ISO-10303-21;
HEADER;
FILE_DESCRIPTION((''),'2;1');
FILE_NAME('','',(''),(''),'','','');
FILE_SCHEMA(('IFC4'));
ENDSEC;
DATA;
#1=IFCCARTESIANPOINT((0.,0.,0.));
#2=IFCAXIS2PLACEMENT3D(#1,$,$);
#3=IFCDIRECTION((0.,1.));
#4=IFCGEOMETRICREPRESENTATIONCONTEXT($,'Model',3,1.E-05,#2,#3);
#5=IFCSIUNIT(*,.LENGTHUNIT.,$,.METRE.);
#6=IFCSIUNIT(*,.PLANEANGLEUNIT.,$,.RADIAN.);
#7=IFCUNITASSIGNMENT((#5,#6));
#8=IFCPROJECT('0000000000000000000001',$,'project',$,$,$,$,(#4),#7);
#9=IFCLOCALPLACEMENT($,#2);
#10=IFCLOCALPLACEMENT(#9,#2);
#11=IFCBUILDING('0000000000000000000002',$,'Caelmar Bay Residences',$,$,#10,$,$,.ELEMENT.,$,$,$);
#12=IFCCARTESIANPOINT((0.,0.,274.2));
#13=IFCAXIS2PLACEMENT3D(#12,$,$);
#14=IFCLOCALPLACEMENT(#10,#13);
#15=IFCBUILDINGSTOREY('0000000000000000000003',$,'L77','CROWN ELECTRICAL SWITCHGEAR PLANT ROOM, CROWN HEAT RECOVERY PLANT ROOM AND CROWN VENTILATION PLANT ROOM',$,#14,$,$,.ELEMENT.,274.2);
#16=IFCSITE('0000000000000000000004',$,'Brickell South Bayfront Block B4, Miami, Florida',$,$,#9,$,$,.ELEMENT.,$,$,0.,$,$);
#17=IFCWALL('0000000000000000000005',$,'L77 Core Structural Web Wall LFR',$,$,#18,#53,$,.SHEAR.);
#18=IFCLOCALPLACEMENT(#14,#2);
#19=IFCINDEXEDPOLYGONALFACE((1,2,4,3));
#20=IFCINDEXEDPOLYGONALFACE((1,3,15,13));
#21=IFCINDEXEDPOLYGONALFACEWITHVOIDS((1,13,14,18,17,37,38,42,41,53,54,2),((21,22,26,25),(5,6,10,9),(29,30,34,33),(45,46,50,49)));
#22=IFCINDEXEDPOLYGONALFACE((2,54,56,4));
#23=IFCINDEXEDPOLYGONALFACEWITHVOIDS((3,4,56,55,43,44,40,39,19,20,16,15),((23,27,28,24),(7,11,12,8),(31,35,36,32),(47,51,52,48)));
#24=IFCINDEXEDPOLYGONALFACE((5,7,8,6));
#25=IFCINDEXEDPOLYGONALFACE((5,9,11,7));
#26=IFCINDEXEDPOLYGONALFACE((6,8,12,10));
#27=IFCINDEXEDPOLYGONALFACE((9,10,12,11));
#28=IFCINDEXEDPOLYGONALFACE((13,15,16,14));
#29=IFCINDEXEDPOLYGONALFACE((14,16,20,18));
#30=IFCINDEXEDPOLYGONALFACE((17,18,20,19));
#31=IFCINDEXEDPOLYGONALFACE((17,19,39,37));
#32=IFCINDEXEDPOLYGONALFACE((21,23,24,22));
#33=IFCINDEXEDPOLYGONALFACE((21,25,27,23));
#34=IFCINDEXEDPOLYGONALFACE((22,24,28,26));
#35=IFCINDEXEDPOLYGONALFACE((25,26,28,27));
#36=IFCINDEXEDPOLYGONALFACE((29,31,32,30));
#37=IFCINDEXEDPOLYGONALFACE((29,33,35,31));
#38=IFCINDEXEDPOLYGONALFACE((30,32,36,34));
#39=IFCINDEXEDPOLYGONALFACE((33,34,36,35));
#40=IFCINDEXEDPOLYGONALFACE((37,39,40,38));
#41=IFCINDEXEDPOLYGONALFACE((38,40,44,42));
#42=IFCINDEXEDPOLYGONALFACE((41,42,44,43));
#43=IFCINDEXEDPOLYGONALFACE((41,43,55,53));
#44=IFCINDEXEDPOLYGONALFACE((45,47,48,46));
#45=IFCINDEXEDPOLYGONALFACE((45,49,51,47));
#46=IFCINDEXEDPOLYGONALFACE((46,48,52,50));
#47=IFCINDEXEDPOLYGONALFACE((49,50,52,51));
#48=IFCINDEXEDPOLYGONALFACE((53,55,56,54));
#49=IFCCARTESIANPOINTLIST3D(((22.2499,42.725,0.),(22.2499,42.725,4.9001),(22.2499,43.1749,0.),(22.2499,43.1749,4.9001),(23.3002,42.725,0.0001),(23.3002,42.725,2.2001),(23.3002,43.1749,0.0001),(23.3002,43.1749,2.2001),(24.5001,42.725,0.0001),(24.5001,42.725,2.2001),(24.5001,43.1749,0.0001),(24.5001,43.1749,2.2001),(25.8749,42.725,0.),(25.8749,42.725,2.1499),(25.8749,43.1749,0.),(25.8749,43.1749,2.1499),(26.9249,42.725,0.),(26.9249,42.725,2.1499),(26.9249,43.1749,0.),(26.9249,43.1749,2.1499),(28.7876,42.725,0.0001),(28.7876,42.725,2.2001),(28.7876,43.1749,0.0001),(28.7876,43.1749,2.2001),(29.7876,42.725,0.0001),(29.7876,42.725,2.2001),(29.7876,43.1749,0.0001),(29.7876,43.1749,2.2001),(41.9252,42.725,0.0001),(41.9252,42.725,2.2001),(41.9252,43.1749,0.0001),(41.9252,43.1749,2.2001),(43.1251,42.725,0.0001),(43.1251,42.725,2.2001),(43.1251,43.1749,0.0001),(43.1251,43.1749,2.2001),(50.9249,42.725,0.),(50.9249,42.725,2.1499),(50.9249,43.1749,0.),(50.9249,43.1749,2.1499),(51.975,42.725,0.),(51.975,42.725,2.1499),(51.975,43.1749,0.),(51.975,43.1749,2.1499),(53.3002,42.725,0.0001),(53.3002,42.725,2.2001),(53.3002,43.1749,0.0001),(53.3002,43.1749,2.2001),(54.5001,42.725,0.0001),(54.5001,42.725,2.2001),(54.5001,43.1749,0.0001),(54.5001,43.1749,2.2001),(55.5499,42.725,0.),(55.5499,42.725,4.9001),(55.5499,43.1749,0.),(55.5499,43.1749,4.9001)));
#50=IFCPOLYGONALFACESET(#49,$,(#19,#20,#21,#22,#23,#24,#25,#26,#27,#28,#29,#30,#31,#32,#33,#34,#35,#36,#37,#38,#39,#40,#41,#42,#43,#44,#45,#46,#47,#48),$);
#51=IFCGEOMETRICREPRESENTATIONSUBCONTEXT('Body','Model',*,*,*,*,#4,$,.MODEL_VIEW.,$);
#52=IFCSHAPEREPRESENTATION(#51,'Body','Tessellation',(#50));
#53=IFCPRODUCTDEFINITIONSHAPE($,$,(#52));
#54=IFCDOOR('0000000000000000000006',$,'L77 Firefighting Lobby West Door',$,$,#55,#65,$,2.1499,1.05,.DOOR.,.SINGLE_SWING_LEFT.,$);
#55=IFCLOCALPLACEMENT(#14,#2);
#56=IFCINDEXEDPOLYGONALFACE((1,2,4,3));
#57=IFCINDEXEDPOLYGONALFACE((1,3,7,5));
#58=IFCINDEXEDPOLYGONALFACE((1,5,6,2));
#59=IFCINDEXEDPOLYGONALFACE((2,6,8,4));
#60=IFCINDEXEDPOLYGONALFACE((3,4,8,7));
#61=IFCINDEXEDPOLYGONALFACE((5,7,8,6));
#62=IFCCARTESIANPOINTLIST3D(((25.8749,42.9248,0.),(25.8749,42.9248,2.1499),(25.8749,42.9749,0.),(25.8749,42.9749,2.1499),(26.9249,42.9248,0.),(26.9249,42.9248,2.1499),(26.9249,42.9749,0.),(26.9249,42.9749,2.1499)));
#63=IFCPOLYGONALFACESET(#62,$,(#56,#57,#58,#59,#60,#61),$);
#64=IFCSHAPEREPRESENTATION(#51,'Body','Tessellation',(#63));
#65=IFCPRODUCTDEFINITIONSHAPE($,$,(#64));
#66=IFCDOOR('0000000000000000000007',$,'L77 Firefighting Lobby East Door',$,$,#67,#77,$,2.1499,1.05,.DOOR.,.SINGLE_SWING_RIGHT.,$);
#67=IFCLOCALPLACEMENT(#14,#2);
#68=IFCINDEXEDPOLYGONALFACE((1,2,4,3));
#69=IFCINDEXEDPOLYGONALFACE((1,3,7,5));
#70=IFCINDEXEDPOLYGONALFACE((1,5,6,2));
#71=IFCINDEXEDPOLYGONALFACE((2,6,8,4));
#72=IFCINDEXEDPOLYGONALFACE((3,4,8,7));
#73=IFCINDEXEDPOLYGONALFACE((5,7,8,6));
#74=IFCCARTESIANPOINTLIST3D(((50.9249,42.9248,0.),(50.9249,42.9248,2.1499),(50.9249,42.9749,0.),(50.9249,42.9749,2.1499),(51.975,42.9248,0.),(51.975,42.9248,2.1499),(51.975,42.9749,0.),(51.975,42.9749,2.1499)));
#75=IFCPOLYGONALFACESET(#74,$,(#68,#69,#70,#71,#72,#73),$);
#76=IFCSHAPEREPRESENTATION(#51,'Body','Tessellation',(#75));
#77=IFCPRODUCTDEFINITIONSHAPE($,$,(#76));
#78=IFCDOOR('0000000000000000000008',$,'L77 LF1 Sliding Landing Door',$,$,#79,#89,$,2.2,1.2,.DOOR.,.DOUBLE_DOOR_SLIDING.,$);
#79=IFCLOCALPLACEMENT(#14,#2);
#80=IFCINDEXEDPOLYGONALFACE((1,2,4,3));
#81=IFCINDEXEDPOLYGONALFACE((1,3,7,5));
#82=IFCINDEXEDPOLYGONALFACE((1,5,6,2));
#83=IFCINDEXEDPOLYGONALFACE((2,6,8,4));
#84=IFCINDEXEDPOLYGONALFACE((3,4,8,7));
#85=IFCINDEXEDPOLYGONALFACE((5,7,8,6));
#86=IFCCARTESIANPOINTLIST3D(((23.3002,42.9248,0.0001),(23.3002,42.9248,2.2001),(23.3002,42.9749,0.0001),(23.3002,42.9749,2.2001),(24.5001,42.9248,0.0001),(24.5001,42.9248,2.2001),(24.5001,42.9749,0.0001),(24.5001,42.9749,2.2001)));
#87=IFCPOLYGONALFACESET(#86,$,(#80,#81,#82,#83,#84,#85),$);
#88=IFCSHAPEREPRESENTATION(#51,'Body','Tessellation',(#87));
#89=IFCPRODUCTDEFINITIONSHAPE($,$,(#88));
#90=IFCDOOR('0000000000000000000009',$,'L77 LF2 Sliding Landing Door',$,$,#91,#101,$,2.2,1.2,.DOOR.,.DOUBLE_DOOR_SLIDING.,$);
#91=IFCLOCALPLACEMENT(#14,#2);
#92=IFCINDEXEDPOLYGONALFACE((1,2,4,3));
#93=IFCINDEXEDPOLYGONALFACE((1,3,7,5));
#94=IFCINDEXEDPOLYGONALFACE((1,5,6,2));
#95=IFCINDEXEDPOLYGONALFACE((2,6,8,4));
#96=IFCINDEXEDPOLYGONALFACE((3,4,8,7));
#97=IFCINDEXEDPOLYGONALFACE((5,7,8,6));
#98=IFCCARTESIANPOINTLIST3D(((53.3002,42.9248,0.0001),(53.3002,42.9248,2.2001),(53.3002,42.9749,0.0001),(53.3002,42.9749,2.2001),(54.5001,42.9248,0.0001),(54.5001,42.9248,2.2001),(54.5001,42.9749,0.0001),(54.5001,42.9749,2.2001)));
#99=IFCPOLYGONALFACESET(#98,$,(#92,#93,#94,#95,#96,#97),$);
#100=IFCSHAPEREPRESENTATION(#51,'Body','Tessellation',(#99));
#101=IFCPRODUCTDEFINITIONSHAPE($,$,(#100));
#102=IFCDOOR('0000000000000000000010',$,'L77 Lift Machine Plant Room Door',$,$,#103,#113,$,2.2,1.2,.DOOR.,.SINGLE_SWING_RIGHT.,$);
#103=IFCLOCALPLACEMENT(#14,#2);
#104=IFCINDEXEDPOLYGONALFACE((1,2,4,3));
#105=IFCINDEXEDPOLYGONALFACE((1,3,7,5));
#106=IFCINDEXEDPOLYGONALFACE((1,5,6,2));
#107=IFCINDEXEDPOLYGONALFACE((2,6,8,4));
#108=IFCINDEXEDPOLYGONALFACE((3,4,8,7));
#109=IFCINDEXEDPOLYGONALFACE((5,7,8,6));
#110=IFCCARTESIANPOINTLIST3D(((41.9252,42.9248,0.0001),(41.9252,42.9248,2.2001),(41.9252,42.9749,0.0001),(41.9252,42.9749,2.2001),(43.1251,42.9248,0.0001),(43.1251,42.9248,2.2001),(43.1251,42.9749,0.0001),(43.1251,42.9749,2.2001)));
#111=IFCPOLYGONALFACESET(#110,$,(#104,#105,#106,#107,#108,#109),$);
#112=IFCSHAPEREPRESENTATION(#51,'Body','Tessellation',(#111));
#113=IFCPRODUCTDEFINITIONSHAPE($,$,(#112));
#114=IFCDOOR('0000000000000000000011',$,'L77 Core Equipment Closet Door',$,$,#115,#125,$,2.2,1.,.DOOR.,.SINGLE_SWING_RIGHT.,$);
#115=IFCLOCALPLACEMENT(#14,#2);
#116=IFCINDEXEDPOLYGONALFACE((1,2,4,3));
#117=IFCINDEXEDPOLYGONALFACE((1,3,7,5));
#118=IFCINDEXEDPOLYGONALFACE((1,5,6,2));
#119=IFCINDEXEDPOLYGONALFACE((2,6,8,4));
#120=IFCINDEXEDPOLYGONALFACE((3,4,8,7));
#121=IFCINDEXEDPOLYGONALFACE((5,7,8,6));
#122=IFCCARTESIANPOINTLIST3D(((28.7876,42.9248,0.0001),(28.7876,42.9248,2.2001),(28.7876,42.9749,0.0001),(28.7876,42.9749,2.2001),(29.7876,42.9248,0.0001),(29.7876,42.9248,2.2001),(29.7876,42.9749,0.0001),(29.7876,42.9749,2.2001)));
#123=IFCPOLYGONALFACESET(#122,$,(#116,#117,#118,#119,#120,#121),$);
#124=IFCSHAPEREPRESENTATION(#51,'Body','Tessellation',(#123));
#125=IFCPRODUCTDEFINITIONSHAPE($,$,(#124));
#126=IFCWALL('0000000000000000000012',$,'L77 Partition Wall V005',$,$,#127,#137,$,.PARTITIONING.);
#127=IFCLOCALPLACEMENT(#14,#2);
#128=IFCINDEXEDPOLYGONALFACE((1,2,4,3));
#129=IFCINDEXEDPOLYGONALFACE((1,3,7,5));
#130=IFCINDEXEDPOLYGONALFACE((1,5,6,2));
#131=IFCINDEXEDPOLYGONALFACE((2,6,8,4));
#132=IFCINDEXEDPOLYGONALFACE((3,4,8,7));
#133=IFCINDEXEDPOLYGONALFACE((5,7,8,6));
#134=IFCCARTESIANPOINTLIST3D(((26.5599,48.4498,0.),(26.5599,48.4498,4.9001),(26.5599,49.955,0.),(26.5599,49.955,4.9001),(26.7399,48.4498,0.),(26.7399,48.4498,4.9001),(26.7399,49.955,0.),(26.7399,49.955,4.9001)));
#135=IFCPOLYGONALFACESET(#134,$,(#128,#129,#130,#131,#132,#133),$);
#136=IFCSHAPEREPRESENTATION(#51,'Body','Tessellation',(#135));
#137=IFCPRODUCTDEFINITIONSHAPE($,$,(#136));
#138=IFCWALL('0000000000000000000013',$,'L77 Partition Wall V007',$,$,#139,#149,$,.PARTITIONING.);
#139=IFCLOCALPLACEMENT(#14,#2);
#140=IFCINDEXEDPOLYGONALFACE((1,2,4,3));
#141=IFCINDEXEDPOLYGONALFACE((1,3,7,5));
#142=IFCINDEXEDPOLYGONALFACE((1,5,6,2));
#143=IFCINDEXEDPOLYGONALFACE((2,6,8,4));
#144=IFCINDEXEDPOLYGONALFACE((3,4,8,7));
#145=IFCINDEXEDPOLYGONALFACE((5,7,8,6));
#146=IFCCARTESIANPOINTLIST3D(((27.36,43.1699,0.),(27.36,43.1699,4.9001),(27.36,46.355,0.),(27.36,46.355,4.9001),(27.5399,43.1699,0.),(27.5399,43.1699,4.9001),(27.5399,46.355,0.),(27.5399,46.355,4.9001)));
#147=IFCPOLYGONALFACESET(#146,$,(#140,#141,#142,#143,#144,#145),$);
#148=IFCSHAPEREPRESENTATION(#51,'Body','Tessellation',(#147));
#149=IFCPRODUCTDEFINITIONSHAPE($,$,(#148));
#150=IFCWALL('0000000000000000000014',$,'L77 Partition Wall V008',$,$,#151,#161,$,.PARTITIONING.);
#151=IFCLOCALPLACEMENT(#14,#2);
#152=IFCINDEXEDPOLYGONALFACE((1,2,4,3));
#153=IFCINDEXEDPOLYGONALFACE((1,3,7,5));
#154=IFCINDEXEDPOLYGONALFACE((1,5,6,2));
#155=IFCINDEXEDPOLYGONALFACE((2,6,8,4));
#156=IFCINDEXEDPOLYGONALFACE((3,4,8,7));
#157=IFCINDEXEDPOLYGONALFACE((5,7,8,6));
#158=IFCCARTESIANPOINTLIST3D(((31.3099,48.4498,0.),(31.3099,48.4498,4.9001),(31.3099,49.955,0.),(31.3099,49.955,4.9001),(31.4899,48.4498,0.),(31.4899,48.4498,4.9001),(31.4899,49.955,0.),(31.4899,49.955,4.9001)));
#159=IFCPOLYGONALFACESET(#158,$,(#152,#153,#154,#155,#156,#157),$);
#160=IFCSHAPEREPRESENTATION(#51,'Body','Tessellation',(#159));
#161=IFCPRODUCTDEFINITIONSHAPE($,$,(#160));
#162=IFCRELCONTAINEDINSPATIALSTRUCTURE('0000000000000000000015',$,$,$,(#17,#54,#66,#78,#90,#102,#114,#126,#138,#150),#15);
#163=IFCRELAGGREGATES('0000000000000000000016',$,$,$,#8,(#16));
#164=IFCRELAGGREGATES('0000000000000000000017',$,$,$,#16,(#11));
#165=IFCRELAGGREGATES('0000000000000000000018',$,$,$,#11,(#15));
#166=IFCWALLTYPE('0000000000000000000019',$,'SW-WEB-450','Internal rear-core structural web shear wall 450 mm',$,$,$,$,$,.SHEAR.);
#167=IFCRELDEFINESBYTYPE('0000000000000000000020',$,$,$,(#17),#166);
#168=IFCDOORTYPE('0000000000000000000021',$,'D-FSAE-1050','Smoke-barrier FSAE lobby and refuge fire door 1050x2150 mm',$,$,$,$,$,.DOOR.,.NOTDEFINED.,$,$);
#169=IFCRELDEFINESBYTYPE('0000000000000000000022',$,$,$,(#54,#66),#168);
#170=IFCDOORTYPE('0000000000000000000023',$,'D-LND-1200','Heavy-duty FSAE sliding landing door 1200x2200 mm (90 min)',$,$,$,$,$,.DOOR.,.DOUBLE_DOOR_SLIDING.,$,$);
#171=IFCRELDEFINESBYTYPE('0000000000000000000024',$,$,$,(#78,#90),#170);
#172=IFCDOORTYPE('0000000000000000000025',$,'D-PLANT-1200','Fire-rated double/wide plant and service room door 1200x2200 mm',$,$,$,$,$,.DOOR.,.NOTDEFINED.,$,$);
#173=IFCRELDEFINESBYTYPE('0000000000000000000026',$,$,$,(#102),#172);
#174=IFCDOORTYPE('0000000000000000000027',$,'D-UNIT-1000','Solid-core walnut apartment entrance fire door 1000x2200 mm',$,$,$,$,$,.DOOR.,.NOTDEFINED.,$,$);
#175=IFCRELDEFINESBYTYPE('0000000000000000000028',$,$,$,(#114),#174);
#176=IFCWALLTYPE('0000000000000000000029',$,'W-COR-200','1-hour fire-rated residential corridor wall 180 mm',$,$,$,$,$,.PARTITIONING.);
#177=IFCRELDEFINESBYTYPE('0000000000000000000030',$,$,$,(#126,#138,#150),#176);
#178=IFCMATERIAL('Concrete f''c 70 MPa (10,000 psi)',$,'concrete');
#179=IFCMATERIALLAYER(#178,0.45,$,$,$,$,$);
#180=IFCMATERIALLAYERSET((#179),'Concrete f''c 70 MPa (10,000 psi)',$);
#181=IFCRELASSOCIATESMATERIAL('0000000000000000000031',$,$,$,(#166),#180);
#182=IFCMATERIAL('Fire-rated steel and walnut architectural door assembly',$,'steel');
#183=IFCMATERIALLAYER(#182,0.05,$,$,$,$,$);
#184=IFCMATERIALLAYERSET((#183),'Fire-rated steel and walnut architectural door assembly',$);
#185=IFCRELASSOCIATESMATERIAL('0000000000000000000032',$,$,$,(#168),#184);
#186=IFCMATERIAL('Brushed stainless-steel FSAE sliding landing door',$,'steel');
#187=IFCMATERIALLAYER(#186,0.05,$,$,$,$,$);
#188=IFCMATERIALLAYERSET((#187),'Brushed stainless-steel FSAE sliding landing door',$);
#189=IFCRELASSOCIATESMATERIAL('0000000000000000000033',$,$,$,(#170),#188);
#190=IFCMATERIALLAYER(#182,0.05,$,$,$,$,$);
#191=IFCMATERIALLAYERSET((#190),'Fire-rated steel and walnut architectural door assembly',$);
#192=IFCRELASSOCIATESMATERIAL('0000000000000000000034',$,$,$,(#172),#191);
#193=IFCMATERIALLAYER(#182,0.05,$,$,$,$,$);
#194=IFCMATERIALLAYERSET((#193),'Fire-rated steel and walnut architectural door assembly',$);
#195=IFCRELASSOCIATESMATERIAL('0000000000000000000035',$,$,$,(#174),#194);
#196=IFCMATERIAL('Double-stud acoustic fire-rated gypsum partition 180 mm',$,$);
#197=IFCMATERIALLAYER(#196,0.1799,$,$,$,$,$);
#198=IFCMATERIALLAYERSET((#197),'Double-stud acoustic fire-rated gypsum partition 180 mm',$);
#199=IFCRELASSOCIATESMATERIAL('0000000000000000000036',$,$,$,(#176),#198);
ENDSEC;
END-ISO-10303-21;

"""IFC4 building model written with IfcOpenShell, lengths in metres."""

from ifc_helpers import new_model, si_unit, direction, frame, frame_2d, origin, place, context, subcontext, project, spatial, rectangle, extrude, material, layer, layer_set, type_object, element, fill, save


model = new_model("IFC4")

# Units and contexts
model_context = context("Model", 3, precision=1e-05, world=origin(), true_north=direction((0.0, 1.0)))
body_context = subcontext(model_context, "Body", "Model", "MODEL_VIEW")
ifc_project = project(units=[si_unit("LENGTHUNIT", "METRE"), si_unit("PLANEANGLEUNIT", "RADIAN")], contexts=[model_context])

# Site, building, storey
site_placement = place(None, origin())
site = spatial("IfcSite", under=ifc_project, at=site_placement, Name="Brickell South Bayfront Block B4, Miami, Florida", CompositionType="ELEMENT", RefElevation=0.0)
building_placement = place(site_placement, origin())
building = spatial("IfcBuilding", under=site, at=building_placement, Name="Caelmar Bay Residences", CompositionType="ELEMENT")
storey_placement = place(building_placement, frame((0.0, 0.0, 274.2)))
storey = spatial("IfcBuildingStorey", under=building, at=storey_placement, Name="L77", Description="CROWN ELECTRICAL SWITCHGEAR PLANT ROOM, CROWN HEAT RECOVERY PLANT ROOM AND CROWN VENTILATION PLANT ROOM", CompositionType="ELEMENT", Elevation=274.2)

# Wall, openings, doors
ifc_material_1 = material(Name="Concrete f'c 70 MPa (10,000 psi)", Category="concrete")
ifc_layer_1 = layer(ifc_material_1, 0.45)
ifc_layer_set_1 = layer_set([ifc_layer_1], Name="Concrete f'c 70 MPa (10,000 psi)")
wall_type_1 = type_object("IfcWallType", Name="SW-WEB-450", Description="Internal rear-core structural web shear wall 450 mm", PredefinedType="SHEAR", material=ifc_layer_set_1)
wall_1_placement = place(storey_placement, frame((22.25, 42.95, 0.0), z_axis=(0.0, 0.0, 1.0), x_axis=(1.0, 0.0, 0.0)))
wall_1 = element("IfcWall", 1, at=wall_1_placement, inside=storey, type_object=wall_type_1, Name="L77 Core Structural Web Wall LFR", PredefinedType="SHEAR", context=body_context, shape_type="SweptSolid", body=[
    extrude(rectangle(XDim=33.3, YDim=0.45, at=frame_2d((16.6499, 0.0))), origin(), (0.0, 0.0, 1.0), 4.9001),
])
opening_1_placement = place(wall_1_placement, frame((1.05, 0.0, 0.0)))
opening_1 = element("IfcOpeningElement", 2, at=opening_1_placement, cuts=wall_1, PredefinedType="OPENING", context=body_context, shape_type="SweptSolid", body=[
    extrude(rectangle(XDim=1.2, YDim=2.2, at=frame_2d((0.6001, 1.1001))), frame((0.0, 0.2349, 0.0), z_axis=(0.0, -1.0, 0.0), x_axis=(1.0, 0.0, 0.0)), (0.0, 0.0, 1.0), 0.47),
])
opening_2_placement = place(wall_1_placement, frame((31.05, 0.0, 0.0)))
opening_2 = element("IfcOpeningElement", 3, at=opening_2_placement, cuts=wall_1, PredefinedType="OPENING", context=body_context, shape_type="SweptSolid", body=[
    extrude(rectangle(XDim=1.2, YDim=2.2, at=frame_2d((0.6001, 1.1001))), frame((0.0, 0.2349, 0.0), z_axis=(0.0, -1.0, 0.0), x_axis=(1.0, 0.0, 0.0)), (0.0, 0.0, 1.0), 0.47),
])
opening_3_placement = place(wall_1_placement, frame((3.625, 0.0, 0.0)))
opening_3 = element("IfcOpeningElement", 4, at=opening_3_placement, cuts=wall_1, PredefinedType="OPENING", context=body_context, shape_type="SweptSolid", body=[
    extrude(rectangle(XDim=1.05, YDim=2.1499, at=frame_2d((0.5249, 1.075))), frame((0.0, 0.2349, 0.0), z_axis=(0.0, -1.0, 0.0), x_axis=(1.0, 0.0, 0.0)), (0.0, 0.0, 1.0), 0.47),
])
opening_4_placement = place(wall_1_placement, frame((28.675, 0.0, 0.0)))
opening_4 = element("IfcOpeningElement", 5, at=opening_4_placement, cuts=wall_1, PredefinedType="OPENING", context=body_context, shape_type="SweptSolid", body=[
    extrude(rectangle(XDim=1.05, YDim=2.1499, at=frame_2d((0.5249, 1.075))), frame((0.0, 0.2349, 0.0), z_axis=(0.0, -1.0, 0.0), x_axis=(1.0, 0.0, 0.0)), (0.0, 0.0, 1.0), 0.47),
])
opening_5_placement = place(wall_1_placement, frame((6.5376, 0.0, 0.0)))
opening_5 = element("IfcOpeningElement", 6, at=opening_5_placement, cuts=wall_1, PredefinedType="OPENING", context=body_context, shape_type="SweptSolid", body=[
    extrude(rectangle(XDim=1.0, YDim=2.2, at=frame_2d((0.5, 1.1001))), frame((0.0, 0.2349, 0.0), z_axis=(0.0, -1.0, 0.0), x_axis=(1.0, 0.0, 0.0)), (0.0, 0.0, 1.0), 0.47),
])
opening_6_placement = place(wall_1_placement, frame((19.675, 0.0, 0.0)))
opening_6 = element("IfcOpeningElement", 7, at=opening_6_placement, cuts=wall_1, PredefinedType="OPENING", context=body_context, shape_type="SweptSolid", body=[
    extrude(rectangle(XDim=1.2, YDim=2.2, at=frame_2d((0.6001, 1.1001))), frame((0.0, 0.2349, 0.0), z_axis=(0.0, -1.0, 0.0), x_axis=(1.0, 0.0, 0.0)), (0.0, 0.0, 1.0), 0.47),
])
ifc_material_2 = material(Name="Fire-rated steel and walnut architectural door assembly", Category="steel")
ifc_layer_2 = layer(ifc_material_2, 0.05)
ifc_layer_set_2 = layer_set([ifc_layer_2], Name="Fire-rated steel and walnut architectural door assembly")
door_type_1 = type_object("IfcDoorType", Name="D-FSAE-1050", Description="Smoke-barrier FSAE lobby and refuge fire door 1050x2150 mm", OperationType="NOTDEFINED", PredefinedType="DOOR", material=ifc_layer_set_2)
door_1_placement = place(opening_3_placement, origin())
door_1 = element("IfcDoor", 8, at=door_1_placement, inside=storey, type_object=door_type_1, Name="L77 Firefighting Lobby West Door", OperationType="SINGLE_SWING_LEFT", OverallHeight=2.1499, OverallWidth=1.05, PredefinedType="DOOR", context=body_context, shape_type="SweptSolid", body=[
    extrude(rectangle(XDim=1.05, YDim=2.1499, at=frame_2d((0.5249, 1.075))), frame((0.0, 0.0249, 0.0), z_axis=(0.0, -1.0, 0.0), x_axis=(1.0, 0.0, 0.0)), (0.0, 0.0, 1.0), 0.05),
])
fill(opening_3, door_1)
door_2_placement = place(opening_4_placement, origin())
door_2 = element("IfcDoor", 9, at=door_2_placement, inside=storey, type_object=door_type_1, Name="L77 Firefighting Lobby East Door", OperationType="SINGLE_SWING_RIGHT", OverallHeight=2.1499, OverallWidth=1.05, PredefinedType="DOOR", context=body_context, shape_type="SweptSolid", body=[
    extrude(rectangle(XDim=1.05, YDim=2.1499, at=frame_2d((0.5249, 1.075))), frame((0.0, 0.0249, 0.0), z_axis=(0.0, -1.0, 0.0), x_axis=(1.0, 0.0, 0.0)), (0.0, 0.0, 1.0), 0.05),
])
fill(opening_4, door_2)
ifc_material_3 = material(Name="Brushed stainless-steel FSAE sliding landing door", Category="steel")
ifc_layer_3 = layer(ifc_material_3, 0.05)
ifc_layer_set_3 = layer_set([ifc_layer_3], Name="Brushed stainless-steel FSAE sliding landing door")
door_type_2 = type_object("IfcDoorType", Name="D-LND-1200", Description="Heavy-duty FSAE sliding landing door 1200x2200 mm (90 min)", OperationType="DOUBLE_DOOR_SLIDING", PredefinedType="DOOR", material=ifc_layer_set_3)
door_3_placement = place(opening_1_placement, origin())
door_3 = element("IfcDoor", 10, at=door_3_placement, inside=storey, type_object=door_type_2, Name="L77 LF1 Sliding Landing Door", OperationType="DOUBLE_DOOR_SLIDING", OverallHeight=2.2, OverallWidth=1.2, PredefinedType="DOOR", context=body_context, shape_type="SweptSolid", body=[
    extrude(rectangle(XDim=1.2, YDim=2.2, at=frame_2d((0.6001, 1.1001))), frame((0.0, 0.0249, 0.0), z_axis=(0.0, -1.0, 0.0), x_axis=(1.0, 0.0, 0.0)), (0.0, 0.0, 1.0), 0.05),
])
fill(opening_1, door_3)
door_4_placement = place(opening_2_placement, origin())
door_4 = element("IfcDoor", 11, at=door_4_placement, inside=storey, type_object=door_type_2, Name="L77 LF2 Sliding Landing Door", OperationType="DOUBLE_DOOR_SLIDING", OverallHeight=2.2, OverallWidth=1.2, PredefinedType="DOOR", context=body_context, shape_type="SweptSolid", body=[
    extrude(rectangle(XDim=1.2, YDim=2.2, at=frame_2d((0.6001, 1.1001))), frame((0.0, 0.0249, 0.0), z_axis=(0.0, -1.0, 0.0), x_axis=(1.0, 0.0, 0.0)), (0.0, 0.0, 1.0), 0.05),
])
fill(opening_2, door_4)
ifc_layer_4 = layer(ifc_material_2, 0.05)
ifc_layer_set_4 = layer_set([ifc_layer_4], Name="Fire-rated steel and walnut architectural door assembly")
door_type_3 = type_object("IfcDoorType", Name="D-PLANT-1200", Description="Fire-rated double/wide plant and service room door 1200x2200 mm", OperationType="NOTDEFINED", PredefinedType="DOOR", material=ifc_layer_set_4)
door_5_placement = place(opening_6_placement, origin())
door_5 = element("IfcDoor", 12, at=door_5_placement, inside=storey, type_object=door_type_3, Name="L77 Lift Machine Plant Room Door", OperationType="SINGLE_SWING_RIGHT", OverallHeight=2.2, OverallWidth=1.2, PredefinedType="DOOR", context=body_context, shape_type="SweptSolid", body=[
    extrude(rectangle(XDim=1.2, YDim=2.2, at=frame_2d((0.6001, 1.1001))), frame((0.0, 0.0249, 0.0), z_axis=(0.0, -1.0, 0.0), x_axis=(1.0, 0.0, 0.0)), (0.0, 0.0, 1.0), 0.05),
])
fill(opening_6, door_5)
ifc_layer_5 = layer(ifc_material_2, 0.05)
ifc_layer_set_5 = layer_set([ifc_layer_5], Name="Fire-rated steel and walnut architectural door assembly")
door_type_4 = type_object("IfcDoorType", Name="D-UNIT-1000", Description="Solid-core walnut apartment entrance fire door 1000x2200 mm", OperationType="NOTDEFINED", PredefinedType="DOOR", material=ifc_layer_set_5)
door_6_placement = place(opening_5_placement, origin())
door_6 = element("IfcDoor", 13, at=door_6_placement, inside=storey, type_object=door_type_4, Name="L77 Core Equipment Closet Door", OperationType="SINGLE_SWING_RIGHT", OverallHeight=2.2, OverallWidth=1.0, PredefinedType="DOOR", context=body_context, shape_type="SweptSolid", body=[
    extrude(rectangle(XDim=1.0, YDim=2.2, at=frame_2d((0.5, 1.1001))), frame((0.0, 0.0249, 0.0), z_axis=(0.0, -1.0, 0.0), x_axis=(1.0, 0.0, 0.0)), (0.0, 0.0, 1.0), 0.05),
])
fill(opening_5, door_6)

# Walls
ifc_material_4 = material(Name="Double-stud acoustic fire-rated gypsum partition 180 mm")
ifc_layer_6 = layer(ifc_material_4, 0.1799)
ifc_layer_set_6 = layer_set([ifc_layer_6], Name="Double-stud acoustic fire-rated gypsum partition 180 mm")
wall_type_2 = type_object("IfcWallType", Name="W-COR-200", Description="1-hour fire-rated residential corridor wall 180 mm", PredefinedType="PARTITIONING", material=ifc_layer_set_6)
wall_2_placement = place(storey_placement, frame((26.6499, 48.45, 0.0), z_axis=(0.0, 0.0, 1.0), x_axis=(0.0, 1.0, 0.0)))
element("IfcWall", 14, at=wall_2_placement, inside=storey, type_object=wall_type_2, Name="L77 Partition Wall V005", PredefinedType="PARTITIONING", context=body_context, shape_type="SweptSolid", body=[
    extrude(rectangle(XDim=1.5051, YDim=0.1799, at=frame_2d((0.7524, 0.0))), origin(), (0.0, 0.0, 1.0), 4.9001),
])
wall_3_placement = place(storey_placement, frame((27.45, 43.1699, 0.0), z_axis=(0.0, 0.0, 1.0), x_axis=(0.0, 1.0, 0.0)))
element("IfcWall", 15, at=wall_3_placement, inside=storey, type_object=wall_type_2, Name="L77 Partition Wall V007", PredefinedType="PARTITIONING", context=body_context, shape_type="SweptSolid", body=[
    extrude(rectangle(XDim=3.1851, YDim=0.1799, at=frame_2d((1.5925, 0.0))), origin(), (0.0, 0.0, 1.0), 4.9001),
])
wall_4_placement = place(storey_placement, frame((31.3999, 48.45, 0.0), z_axis=(0.0, 0.0, 1.0), x_axis=(0.0, 1.0, 0.0)))
element("IfcWall", 16, at=wall_4_placement, inside=storey, type_object=wall_type_2, Name="L77 Partition Wall V008", PredefinedType="PARTITIONING", context=body_context, shape_type="SweptSolid", body=[
    extrude(rectangle(XDim=1.5051, YDim=0.1799, at=frame_2d((0.7524, 0.0))), origin(), (0.0, 0.0, 1.0), 4.9001),
])

save(model, "model.ifc")
